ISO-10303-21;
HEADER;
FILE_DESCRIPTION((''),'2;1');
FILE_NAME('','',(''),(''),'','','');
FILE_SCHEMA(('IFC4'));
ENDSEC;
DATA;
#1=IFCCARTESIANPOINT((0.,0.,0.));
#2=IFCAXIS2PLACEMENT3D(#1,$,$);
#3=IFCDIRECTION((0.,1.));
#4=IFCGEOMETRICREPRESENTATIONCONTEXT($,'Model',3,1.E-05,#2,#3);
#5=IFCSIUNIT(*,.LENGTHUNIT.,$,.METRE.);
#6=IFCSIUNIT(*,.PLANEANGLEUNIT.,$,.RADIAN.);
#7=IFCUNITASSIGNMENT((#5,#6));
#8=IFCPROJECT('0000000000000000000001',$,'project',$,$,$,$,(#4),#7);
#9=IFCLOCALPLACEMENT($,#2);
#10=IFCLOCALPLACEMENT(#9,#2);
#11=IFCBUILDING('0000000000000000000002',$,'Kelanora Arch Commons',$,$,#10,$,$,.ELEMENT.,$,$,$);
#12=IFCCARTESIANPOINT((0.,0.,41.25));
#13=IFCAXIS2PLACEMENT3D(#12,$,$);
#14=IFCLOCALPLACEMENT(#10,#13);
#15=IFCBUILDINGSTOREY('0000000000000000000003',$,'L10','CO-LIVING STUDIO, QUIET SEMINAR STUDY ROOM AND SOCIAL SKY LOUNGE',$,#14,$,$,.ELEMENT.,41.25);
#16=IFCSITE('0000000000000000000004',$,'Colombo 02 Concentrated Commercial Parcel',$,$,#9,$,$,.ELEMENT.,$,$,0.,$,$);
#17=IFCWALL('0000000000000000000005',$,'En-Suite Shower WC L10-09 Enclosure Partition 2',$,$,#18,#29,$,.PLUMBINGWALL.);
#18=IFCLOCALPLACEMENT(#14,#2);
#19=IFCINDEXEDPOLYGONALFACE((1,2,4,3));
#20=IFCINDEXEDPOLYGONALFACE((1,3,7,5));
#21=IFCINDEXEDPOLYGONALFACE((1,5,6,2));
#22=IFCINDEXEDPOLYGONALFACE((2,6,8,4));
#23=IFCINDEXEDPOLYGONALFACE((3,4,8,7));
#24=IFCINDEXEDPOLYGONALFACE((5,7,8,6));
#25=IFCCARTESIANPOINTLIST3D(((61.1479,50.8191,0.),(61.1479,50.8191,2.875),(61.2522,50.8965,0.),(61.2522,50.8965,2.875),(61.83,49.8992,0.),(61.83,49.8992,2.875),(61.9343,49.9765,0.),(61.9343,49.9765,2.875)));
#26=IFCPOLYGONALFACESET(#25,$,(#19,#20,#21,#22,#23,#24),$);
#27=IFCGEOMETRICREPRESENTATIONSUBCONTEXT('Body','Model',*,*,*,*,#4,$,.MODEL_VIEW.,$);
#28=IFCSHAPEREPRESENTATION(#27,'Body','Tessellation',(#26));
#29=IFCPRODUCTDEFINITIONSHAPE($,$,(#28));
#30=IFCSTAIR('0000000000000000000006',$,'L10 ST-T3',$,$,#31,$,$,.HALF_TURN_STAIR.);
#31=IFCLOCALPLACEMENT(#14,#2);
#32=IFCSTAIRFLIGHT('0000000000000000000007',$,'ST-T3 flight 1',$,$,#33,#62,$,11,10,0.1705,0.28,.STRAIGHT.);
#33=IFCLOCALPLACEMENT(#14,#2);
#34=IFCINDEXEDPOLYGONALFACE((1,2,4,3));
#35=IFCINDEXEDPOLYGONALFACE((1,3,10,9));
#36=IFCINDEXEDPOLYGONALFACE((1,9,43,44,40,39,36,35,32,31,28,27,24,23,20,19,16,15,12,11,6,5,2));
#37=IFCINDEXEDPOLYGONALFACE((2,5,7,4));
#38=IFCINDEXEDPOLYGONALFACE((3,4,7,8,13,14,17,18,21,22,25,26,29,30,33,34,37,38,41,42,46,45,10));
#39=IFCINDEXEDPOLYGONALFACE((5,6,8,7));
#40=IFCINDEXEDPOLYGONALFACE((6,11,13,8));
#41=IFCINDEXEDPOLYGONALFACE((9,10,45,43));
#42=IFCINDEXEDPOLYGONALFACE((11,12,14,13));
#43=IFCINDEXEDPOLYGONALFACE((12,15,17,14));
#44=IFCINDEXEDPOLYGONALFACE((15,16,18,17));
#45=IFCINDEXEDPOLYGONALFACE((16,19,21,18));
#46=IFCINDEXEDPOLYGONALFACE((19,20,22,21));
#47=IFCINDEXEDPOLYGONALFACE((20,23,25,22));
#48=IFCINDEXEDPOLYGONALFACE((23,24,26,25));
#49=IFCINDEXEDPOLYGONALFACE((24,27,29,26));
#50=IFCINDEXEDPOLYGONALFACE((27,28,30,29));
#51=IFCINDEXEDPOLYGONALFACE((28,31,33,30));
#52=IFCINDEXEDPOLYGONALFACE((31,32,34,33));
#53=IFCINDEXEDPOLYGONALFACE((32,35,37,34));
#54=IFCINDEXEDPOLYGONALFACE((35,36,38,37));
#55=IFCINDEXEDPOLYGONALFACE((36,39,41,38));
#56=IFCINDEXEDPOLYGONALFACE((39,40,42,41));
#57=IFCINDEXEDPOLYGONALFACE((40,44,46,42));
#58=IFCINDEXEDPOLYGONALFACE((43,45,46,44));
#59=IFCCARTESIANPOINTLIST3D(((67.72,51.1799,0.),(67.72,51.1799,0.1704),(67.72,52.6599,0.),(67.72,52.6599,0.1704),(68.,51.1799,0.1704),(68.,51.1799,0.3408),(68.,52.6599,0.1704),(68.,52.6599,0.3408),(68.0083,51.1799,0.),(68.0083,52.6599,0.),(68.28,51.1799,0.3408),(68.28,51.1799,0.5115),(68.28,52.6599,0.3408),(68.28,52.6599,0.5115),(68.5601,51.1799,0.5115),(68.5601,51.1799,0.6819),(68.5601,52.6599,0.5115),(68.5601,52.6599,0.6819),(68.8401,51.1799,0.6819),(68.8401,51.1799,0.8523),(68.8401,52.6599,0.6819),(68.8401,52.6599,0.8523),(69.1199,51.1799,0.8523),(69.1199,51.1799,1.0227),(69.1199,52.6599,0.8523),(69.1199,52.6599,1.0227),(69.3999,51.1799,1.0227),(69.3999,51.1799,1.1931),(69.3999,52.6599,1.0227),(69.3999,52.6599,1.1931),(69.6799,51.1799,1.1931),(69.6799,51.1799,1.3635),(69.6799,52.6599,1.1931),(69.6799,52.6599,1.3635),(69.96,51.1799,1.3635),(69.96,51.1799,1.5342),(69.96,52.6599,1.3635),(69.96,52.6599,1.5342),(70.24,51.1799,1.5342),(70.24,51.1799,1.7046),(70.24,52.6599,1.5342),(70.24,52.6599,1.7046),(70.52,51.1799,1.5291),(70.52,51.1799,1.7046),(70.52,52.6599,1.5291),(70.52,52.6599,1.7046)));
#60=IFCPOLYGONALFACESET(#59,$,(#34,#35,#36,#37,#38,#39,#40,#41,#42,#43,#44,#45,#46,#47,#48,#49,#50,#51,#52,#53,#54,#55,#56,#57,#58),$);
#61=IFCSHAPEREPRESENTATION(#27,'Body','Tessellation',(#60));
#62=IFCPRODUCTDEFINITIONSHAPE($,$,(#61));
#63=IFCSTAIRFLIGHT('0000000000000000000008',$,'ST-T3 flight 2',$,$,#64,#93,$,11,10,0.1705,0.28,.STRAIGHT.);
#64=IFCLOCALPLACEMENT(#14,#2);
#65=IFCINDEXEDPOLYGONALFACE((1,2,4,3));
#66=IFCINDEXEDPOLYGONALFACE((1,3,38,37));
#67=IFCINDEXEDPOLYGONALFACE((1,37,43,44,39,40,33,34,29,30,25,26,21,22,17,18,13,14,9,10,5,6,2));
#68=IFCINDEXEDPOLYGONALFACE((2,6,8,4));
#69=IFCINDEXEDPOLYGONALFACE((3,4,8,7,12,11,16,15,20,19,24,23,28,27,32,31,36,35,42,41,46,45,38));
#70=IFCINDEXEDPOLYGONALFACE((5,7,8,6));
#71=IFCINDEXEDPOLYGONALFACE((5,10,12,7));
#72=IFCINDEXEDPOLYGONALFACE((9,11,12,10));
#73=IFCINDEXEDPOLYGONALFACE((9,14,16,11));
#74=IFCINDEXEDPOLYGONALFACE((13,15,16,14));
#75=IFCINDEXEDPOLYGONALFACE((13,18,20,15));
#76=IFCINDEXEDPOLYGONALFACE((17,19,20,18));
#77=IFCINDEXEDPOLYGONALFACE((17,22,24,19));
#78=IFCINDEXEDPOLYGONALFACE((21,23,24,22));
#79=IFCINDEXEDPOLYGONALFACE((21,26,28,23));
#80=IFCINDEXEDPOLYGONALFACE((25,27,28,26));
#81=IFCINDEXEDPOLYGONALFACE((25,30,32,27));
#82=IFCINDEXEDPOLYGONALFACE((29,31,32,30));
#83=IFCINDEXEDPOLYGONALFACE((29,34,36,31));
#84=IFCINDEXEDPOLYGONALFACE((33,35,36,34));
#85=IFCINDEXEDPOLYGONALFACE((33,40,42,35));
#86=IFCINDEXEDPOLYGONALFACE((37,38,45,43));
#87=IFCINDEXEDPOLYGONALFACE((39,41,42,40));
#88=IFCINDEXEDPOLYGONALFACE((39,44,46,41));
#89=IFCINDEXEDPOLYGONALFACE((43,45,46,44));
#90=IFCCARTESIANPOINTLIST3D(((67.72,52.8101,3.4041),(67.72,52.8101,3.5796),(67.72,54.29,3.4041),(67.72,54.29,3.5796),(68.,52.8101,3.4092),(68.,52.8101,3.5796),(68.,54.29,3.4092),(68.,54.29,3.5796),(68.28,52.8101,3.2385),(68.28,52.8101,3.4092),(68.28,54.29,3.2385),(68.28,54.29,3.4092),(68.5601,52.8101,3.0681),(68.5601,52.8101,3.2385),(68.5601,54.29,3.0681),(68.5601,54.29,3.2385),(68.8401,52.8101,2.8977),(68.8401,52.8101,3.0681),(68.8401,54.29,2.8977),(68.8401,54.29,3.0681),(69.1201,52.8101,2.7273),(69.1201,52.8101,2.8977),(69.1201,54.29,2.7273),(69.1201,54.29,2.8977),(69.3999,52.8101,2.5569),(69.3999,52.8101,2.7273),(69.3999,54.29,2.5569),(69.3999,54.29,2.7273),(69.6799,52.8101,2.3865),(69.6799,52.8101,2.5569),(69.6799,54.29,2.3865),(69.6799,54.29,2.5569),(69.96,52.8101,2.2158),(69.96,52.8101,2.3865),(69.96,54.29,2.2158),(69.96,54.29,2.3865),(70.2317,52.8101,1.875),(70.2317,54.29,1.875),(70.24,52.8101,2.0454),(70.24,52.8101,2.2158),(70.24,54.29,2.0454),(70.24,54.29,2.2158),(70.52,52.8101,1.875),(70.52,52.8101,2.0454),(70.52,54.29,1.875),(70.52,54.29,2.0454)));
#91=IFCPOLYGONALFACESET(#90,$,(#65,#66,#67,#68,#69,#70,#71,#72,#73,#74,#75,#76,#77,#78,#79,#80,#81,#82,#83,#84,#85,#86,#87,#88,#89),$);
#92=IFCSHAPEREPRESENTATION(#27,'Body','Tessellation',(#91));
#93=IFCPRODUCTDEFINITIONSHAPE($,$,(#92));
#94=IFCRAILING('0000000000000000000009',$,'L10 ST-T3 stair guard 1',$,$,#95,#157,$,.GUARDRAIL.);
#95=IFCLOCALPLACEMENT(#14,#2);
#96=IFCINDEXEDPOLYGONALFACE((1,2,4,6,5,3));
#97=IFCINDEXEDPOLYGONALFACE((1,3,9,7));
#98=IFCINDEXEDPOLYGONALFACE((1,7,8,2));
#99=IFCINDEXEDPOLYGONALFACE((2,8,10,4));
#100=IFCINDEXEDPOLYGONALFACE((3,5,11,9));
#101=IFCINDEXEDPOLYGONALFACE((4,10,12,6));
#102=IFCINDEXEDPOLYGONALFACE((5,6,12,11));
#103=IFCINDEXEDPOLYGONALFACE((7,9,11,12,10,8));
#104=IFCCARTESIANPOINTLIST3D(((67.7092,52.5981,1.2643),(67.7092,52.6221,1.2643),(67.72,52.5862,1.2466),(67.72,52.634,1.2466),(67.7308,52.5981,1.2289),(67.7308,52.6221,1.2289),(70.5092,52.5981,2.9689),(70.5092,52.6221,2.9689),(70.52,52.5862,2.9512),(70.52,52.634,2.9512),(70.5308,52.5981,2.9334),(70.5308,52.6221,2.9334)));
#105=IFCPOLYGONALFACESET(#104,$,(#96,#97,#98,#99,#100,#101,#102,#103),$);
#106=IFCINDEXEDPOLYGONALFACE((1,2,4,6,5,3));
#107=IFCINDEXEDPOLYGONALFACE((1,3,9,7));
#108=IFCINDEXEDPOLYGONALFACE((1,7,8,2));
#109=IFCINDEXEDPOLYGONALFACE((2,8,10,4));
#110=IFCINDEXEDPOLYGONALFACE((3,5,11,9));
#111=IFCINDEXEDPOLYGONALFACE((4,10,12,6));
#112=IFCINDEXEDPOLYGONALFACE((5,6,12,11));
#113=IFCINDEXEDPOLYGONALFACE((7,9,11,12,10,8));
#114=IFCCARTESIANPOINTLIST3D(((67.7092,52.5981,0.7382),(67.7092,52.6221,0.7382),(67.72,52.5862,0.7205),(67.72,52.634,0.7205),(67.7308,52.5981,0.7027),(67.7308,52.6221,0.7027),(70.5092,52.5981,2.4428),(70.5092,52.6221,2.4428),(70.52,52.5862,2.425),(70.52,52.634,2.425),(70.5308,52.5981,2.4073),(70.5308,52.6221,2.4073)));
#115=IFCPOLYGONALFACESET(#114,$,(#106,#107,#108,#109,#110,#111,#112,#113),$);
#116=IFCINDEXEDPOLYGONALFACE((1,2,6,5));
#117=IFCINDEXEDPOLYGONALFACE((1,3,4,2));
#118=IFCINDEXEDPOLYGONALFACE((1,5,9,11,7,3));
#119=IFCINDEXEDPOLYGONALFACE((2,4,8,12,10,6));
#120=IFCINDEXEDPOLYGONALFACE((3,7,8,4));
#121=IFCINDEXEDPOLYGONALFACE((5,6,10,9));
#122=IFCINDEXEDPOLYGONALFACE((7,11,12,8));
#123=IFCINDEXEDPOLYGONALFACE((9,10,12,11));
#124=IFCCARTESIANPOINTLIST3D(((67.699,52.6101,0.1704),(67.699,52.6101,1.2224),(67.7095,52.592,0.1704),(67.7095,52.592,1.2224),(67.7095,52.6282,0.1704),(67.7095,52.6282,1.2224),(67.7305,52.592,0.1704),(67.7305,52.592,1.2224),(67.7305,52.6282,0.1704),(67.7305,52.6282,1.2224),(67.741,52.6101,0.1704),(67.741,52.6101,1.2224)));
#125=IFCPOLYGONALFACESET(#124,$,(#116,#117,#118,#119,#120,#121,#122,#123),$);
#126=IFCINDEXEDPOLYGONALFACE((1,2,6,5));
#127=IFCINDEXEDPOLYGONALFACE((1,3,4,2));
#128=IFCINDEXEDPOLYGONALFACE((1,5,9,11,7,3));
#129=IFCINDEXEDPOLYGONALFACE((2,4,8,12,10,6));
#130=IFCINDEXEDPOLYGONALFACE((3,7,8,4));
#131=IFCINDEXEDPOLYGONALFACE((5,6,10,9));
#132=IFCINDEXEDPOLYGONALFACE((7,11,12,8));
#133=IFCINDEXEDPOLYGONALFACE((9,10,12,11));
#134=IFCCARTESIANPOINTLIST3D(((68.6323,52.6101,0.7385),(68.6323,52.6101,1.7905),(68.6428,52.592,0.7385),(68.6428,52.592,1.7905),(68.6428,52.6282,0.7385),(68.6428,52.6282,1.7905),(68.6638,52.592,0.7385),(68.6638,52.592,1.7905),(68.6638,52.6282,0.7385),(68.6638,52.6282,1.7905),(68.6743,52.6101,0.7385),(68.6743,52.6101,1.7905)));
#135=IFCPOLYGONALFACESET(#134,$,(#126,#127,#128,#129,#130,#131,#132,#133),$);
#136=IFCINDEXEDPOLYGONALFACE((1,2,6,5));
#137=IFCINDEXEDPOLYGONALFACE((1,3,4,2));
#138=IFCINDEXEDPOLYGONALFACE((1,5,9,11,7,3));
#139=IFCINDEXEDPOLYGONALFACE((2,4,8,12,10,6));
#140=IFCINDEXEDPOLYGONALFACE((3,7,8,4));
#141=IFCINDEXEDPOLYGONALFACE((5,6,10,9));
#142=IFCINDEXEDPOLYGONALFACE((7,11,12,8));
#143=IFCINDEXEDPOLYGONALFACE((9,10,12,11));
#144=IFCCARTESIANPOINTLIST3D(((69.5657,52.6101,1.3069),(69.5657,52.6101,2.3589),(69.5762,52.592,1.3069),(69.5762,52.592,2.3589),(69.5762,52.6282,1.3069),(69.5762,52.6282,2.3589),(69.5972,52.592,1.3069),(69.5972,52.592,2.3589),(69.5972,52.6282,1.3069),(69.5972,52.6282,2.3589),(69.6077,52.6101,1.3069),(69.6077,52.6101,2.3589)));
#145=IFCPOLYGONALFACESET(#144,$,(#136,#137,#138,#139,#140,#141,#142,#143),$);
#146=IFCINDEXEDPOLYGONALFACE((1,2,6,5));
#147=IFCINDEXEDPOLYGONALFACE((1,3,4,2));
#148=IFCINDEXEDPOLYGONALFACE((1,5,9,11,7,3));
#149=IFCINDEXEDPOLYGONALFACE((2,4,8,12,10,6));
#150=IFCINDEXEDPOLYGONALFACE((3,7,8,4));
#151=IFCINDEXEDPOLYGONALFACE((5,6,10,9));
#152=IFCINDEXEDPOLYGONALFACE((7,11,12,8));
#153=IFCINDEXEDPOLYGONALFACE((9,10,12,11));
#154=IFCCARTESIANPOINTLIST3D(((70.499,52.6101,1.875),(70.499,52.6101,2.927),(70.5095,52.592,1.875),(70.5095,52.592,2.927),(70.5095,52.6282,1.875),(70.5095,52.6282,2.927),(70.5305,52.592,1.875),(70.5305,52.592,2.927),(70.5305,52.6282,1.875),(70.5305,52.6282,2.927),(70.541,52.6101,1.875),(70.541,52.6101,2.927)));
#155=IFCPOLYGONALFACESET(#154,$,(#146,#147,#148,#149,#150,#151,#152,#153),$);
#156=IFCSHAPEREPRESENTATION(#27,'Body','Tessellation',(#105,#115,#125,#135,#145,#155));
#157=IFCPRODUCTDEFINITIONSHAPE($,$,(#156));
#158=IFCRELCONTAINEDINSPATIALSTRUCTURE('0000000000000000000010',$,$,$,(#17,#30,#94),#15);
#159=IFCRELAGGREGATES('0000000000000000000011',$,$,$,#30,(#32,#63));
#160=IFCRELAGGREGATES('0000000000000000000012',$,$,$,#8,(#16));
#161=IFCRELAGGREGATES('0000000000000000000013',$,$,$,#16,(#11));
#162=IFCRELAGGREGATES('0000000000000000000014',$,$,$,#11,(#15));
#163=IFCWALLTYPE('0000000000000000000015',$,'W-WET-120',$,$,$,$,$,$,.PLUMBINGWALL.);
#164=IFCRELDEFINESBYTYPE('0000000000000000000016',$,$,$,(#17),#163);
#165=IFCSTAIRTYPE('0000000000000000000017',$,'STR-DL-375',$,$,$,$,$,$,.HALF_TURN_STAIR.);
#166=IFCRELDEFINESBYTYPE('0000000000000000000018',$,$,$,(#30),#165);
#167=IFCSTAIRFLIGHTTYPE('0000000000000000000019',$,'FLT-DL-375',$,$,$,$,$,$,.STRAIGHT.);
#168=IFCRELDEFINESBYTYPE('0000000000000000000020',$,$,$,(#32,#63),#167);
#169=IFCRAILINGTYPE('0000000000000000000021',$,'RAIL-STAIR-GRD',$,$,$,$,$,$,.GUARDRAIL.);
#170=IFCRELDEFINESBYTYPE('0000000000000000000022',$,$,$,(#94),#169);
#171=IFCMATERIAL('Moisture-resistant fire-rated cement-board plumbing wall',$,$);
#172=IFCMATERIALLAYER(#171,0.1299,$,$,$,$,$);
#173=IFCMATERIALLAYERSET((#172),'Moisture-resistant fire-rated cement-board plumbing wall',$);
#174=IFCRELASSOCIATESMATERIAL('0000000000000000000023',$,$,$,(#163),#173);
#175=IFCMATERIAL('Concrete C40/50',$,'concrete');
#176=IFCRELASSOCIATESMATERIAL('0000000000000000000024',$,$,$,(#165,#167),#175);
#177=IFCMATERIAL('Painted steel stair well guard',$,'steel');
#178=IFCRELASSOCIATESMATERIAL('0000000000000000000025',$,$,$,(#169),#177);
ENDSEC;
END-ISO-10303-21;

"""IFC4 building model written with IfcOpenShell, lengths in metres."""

from ifc_helpers import new_model, si_unit, direction, frame, frame_2d, origin, place, context, subcontext, project, spatial, polyline, rectangle, outline, extrude, material, layer, layer_set, type_object, element, aggregate, save


model = new_model("IFC4")

# Units and contexts
model_context = context("Model", 3, precision=1e-05, world=origin(), true_north=direction((0.0, 1.0)))
body_context = subcontext(model_context, "Body", "Model", "MODEL_VIEW")
ifc_project = project(units=[si_unit("LENGTHUNIT", "METRE"), si_unit("PLANEANGLEUNIT", "RADIAN")], contexts=[model_context])

# Site, building, storey
site_placement = place(None, origin())
site = spatial("IfcSite", under=ifc_project, at=site_placement, Name="Colombo 02 Concentrated Commercial Parcel", CompositionType="ELEMENT", RefElevation=0.0)
building_placement = place(site_placement, origin())
building = spatial("IfcBuilding", under=site, at=building_placement, Name="Kelanora Arch Commons", CompositionType="ELEMENT")
storey_placement = place(building_placement, frame((0.0, 0.0, 41.25)))
storey = spatial("IfcBuildingStorey", under=building, at=storey_placement, Name="L10", Description="CO-LIVING STUDIO, QUIET SEMINAR STUDY ROOM AND SOCIAL SKY LOUNGE", CompositionType="ELEMENT", Elevation=41.25)

# Shared definitions
ifc_material_1 = material(Name="Concrete C40/50", Category="concrete")

# Shared definitions
ifc_material_2 = material(Name="Moisture-resistant fire-rated cement-board plumbing wall")
ifc_layer_1 = layer(ifc_material_2, 0.1299)
ifc_layer_set_1 = layer_set([ifc_layer_1], Name="Moisture-resistant fire-rated cement-board plumbing wall")
wall_type_1 = type_object("IfcWallType", Name="W-WET-120", PredefinedType="PLUMBINGWALL", material=ifc_layer_set_1)

# Wall
wall_1_placement = place(storey_placement, frame((61.2, 50.8579, 0.0), z_axis=(0.0, 0.0, 1.0), x_axis=(0.595625, -0.803263, 0.0)))
element("IfcWall", 1, at=wall_1_placement, inside=storey, type_object=wall_type_1, Name="En-Suite Shower WC L10-09 Enclosure Partition 2", PredefinedType="PLUMBINGWALL", context=body_context, shape_type="SweptSolid", body=[
    extrude(rectangle(XDim=1.1453, YDim=0.1299, at=frame_2d((0.5728, 0.0))), origin(), (0.0, 0.0, 1.0), 2.875),
])

# Stair, stair flights
stair_type = type_object("IfcStairType", Name="STR-DL-375", PredefinedType="HALF_TURN_STAIR", material=ifc_material_1)
stair_placement = place(storey_placement, origin())
stair = element("IfcStair", 2, at=stair_placement, inside=storey, type_object=stair_type, Name="L10 ST-T3", PredefinedType="HALF_TURN_STAIR")
stair_flight_type = type_object("IfcStairFlightType", Name="FLT-DL-375", PredefinedType="STRAIGHT", material=ifc_material_1)
stair_flight_1_placement = place(storey_placement, frame((67.72, 51.9199, 0.0), z_axis=(0.0, 0.0, 1.0), x_axis=(1.0, 0.0, 0.0)))
stair_flight_1 = element("IfcStairFlight", 3, at=stair_flight_1_placement, type_object=stair_flight_type, Name="ST-T3 flight 1", NumberOfRisers=11, NumberOfTreads=10, PredefinedType="STRAIGHT", RiserHeight=0.1705, TreadLength=0.28, context=body_context, shape_type="SweptSolid", body=[
    extrude(outline(polyline([(0.0, 0.0), (0.0, 0.1704), (0.28, 0.1704), (0.28, 0.3408), (0.5601, 0.3408), (0.5601, 0.5115), (0.8401, 0.5115), (0.8401, 0.6819), (1.1201, 0.6819), (1.1201, 0.8523), (1.3999, 0.8523), (1.3999, 1.0227), (1.6799, 1.0227), (1.6799, 1.1931), (1.96, 1.1931), (1.96, 1.3635), (2.24, 1.3635), (2.24, 1.5342), (2.52, 1.5342), (2.52, 1.7046), (2.8, 1.7046), (2.8, 1.875), (2.8, 1.5291), (0.2883, 0.0), (0.0, 0.0)])), frame((0.0, 0.74, 0.0), z_axis=(0.0, -1.0, 0.0), x_axis=(1.0, 0.0, 0.0)), (0.0, 0.0, 1.0), 1.48),
])
stair_flight_2_placement = place(storey_placement, frame((70.52, 53.55, 1.875), z_axis=(0.0, 0.0, 1.0), x_axis=(-1.0, 0.0, 0.0)))
stair_flight_2 = element("IfcStairFlight", 4, at=stair_flight_2_placement, type_object=stair_flight_type, Name="ST-T3 flight 2", NumberOfRisers=11, NumberOfTreads=10, PredefinedType="STRAIGHT", RiserHeight=0.1705, TreadLength=0.28, context=body_context, shape_type="SweptSolid", body=[
    extrude(outline(polyline([(0.0, 0.0), (0.0, 0.1704), (0.28, 0.1704), (0.28, 0.3408), (0.5601, 0.3408), (0.5601, 0.5115), (0.8401, 0.5115), (0.8401, 0.6819), (1.1201, 0.6819), (1.1201, 0.8523), (1.3999, 0.8523), (1.3999, 1.0227), (1.6799, 1.0227), (1.6799, 1.1931), (1.96, 1.1931), (1.96, 1.3635), (2.24, 1.3635), (2.24, 1.5342), (2.52, 1.5342), (2.52, 1.7046), (2.8, 1.7046), (2.8, 1.875), (2.8, 1.5291), (0.2883, 0.0), (0.0, 0.0)])), frame((0.0, 0.74, 0.0), z_axis=(0.0, -1.0, 0.0), x_axis=(1.0, 0.0, 0.0)), (0.0, 0.0, 1.0), 1.48),
])
aggregate(stair, [stair_flight_1, stair_flight_2])

# Railing
ifc_material_3 = material(Name="Painted steel stair well guard", Category="steel")
railing_type_1 = type_object("IfcRailingType", Name="RAIL-STAIR-GRD", PredefinedType="GUARDRAIL", material=ifc_material_3)
railing_1_placement = place(storey_placement, frame((67.72, 52.6101, 0.1704)))
element("IfcRailing", 5, at=railing_1_placement, inside=storey, type_object=railing_type_1, Name="L10 ST-T3 stair guard 1", PredefinedType="GUARDRAIL", context=body_context, shape_type="SweptSolid", body=[
    extrude(outline(polyline([(0.0239, 0.0), (0.012, 0.0208), (-0.012, 0.0208), (-0.0239, 0.0), (-0.012, -0.0208), (0.012, -0.0208), (0.0239, 0.0)])), frame((0.0, 0.0, 1.0762), z_axis=(0.85417, 0.0, 0.519994), x_axis=(0.0, 1.0, 0.0)), (0.0, 0.0, 1.0), 3.2781),
    extrude(outline(polyline([(0.0239, 0.0), (0.012, 0.0208), (-0.012, 0.0208), (-0.0239, 0.0), (-0.012, -0.0208), (0.012, -0.0208), (0.0239, 0.0)])), frame((0.0, 0.0, 0.55), z_axis=(0.85417, 0.0, 0.519994), x_axis=(0.0, 1.0, 0.0)), (0.0, 0.0, 1.0), 3.2781),
    extrude(outline(polyline([(0.021, 0.0), (0.0105, 0.0181), (-0.0105, 0.0181), (-0.021, 0.0), (-0.0105, -0.0181), (0.0105, -0.0181), (0.021, 0.0)])), origin(), (0.0, 0.0, 1.0), 1.052),
    extrude(outline(polyline([(0.021, 0.0), (0.0105, 0.0181), (-0.0105, 0.0181), (-0.021, 0.0), (-0.0105, -0.0181), (0.0105, -0.0181), (0.021, 0.0)])), frame((0.9333, 0.0, 0.5681)), (0.0, 0.0, 1.0), 1.052),
    extrude(outline(polyline([(0.021, 0.0), (0.0105, 0.0181), (-0.0105, 0.0181), (-0.021, 0.0), (-0.0105, -0.0181), (0.0105, -0.0181), (0.021, 0.0)])), frame((1.8667, 0.0, 1.1365)), (0.0, 0.0, 1.0), 1.052),
    extrude(outline(polyline([(0.021, 0.0), (0.0105, 0.0181), (-0.0105, 0.0181), (-0.021, 0.0), (-0.0105, -0.0181), (0.0105, -0.0181), (0.021, 0.0)])), frame((2.8, 0.0, 1.7046)), (0.0, 0.0, 1.0), 1.052),
])

save(model, "model.ifc")
